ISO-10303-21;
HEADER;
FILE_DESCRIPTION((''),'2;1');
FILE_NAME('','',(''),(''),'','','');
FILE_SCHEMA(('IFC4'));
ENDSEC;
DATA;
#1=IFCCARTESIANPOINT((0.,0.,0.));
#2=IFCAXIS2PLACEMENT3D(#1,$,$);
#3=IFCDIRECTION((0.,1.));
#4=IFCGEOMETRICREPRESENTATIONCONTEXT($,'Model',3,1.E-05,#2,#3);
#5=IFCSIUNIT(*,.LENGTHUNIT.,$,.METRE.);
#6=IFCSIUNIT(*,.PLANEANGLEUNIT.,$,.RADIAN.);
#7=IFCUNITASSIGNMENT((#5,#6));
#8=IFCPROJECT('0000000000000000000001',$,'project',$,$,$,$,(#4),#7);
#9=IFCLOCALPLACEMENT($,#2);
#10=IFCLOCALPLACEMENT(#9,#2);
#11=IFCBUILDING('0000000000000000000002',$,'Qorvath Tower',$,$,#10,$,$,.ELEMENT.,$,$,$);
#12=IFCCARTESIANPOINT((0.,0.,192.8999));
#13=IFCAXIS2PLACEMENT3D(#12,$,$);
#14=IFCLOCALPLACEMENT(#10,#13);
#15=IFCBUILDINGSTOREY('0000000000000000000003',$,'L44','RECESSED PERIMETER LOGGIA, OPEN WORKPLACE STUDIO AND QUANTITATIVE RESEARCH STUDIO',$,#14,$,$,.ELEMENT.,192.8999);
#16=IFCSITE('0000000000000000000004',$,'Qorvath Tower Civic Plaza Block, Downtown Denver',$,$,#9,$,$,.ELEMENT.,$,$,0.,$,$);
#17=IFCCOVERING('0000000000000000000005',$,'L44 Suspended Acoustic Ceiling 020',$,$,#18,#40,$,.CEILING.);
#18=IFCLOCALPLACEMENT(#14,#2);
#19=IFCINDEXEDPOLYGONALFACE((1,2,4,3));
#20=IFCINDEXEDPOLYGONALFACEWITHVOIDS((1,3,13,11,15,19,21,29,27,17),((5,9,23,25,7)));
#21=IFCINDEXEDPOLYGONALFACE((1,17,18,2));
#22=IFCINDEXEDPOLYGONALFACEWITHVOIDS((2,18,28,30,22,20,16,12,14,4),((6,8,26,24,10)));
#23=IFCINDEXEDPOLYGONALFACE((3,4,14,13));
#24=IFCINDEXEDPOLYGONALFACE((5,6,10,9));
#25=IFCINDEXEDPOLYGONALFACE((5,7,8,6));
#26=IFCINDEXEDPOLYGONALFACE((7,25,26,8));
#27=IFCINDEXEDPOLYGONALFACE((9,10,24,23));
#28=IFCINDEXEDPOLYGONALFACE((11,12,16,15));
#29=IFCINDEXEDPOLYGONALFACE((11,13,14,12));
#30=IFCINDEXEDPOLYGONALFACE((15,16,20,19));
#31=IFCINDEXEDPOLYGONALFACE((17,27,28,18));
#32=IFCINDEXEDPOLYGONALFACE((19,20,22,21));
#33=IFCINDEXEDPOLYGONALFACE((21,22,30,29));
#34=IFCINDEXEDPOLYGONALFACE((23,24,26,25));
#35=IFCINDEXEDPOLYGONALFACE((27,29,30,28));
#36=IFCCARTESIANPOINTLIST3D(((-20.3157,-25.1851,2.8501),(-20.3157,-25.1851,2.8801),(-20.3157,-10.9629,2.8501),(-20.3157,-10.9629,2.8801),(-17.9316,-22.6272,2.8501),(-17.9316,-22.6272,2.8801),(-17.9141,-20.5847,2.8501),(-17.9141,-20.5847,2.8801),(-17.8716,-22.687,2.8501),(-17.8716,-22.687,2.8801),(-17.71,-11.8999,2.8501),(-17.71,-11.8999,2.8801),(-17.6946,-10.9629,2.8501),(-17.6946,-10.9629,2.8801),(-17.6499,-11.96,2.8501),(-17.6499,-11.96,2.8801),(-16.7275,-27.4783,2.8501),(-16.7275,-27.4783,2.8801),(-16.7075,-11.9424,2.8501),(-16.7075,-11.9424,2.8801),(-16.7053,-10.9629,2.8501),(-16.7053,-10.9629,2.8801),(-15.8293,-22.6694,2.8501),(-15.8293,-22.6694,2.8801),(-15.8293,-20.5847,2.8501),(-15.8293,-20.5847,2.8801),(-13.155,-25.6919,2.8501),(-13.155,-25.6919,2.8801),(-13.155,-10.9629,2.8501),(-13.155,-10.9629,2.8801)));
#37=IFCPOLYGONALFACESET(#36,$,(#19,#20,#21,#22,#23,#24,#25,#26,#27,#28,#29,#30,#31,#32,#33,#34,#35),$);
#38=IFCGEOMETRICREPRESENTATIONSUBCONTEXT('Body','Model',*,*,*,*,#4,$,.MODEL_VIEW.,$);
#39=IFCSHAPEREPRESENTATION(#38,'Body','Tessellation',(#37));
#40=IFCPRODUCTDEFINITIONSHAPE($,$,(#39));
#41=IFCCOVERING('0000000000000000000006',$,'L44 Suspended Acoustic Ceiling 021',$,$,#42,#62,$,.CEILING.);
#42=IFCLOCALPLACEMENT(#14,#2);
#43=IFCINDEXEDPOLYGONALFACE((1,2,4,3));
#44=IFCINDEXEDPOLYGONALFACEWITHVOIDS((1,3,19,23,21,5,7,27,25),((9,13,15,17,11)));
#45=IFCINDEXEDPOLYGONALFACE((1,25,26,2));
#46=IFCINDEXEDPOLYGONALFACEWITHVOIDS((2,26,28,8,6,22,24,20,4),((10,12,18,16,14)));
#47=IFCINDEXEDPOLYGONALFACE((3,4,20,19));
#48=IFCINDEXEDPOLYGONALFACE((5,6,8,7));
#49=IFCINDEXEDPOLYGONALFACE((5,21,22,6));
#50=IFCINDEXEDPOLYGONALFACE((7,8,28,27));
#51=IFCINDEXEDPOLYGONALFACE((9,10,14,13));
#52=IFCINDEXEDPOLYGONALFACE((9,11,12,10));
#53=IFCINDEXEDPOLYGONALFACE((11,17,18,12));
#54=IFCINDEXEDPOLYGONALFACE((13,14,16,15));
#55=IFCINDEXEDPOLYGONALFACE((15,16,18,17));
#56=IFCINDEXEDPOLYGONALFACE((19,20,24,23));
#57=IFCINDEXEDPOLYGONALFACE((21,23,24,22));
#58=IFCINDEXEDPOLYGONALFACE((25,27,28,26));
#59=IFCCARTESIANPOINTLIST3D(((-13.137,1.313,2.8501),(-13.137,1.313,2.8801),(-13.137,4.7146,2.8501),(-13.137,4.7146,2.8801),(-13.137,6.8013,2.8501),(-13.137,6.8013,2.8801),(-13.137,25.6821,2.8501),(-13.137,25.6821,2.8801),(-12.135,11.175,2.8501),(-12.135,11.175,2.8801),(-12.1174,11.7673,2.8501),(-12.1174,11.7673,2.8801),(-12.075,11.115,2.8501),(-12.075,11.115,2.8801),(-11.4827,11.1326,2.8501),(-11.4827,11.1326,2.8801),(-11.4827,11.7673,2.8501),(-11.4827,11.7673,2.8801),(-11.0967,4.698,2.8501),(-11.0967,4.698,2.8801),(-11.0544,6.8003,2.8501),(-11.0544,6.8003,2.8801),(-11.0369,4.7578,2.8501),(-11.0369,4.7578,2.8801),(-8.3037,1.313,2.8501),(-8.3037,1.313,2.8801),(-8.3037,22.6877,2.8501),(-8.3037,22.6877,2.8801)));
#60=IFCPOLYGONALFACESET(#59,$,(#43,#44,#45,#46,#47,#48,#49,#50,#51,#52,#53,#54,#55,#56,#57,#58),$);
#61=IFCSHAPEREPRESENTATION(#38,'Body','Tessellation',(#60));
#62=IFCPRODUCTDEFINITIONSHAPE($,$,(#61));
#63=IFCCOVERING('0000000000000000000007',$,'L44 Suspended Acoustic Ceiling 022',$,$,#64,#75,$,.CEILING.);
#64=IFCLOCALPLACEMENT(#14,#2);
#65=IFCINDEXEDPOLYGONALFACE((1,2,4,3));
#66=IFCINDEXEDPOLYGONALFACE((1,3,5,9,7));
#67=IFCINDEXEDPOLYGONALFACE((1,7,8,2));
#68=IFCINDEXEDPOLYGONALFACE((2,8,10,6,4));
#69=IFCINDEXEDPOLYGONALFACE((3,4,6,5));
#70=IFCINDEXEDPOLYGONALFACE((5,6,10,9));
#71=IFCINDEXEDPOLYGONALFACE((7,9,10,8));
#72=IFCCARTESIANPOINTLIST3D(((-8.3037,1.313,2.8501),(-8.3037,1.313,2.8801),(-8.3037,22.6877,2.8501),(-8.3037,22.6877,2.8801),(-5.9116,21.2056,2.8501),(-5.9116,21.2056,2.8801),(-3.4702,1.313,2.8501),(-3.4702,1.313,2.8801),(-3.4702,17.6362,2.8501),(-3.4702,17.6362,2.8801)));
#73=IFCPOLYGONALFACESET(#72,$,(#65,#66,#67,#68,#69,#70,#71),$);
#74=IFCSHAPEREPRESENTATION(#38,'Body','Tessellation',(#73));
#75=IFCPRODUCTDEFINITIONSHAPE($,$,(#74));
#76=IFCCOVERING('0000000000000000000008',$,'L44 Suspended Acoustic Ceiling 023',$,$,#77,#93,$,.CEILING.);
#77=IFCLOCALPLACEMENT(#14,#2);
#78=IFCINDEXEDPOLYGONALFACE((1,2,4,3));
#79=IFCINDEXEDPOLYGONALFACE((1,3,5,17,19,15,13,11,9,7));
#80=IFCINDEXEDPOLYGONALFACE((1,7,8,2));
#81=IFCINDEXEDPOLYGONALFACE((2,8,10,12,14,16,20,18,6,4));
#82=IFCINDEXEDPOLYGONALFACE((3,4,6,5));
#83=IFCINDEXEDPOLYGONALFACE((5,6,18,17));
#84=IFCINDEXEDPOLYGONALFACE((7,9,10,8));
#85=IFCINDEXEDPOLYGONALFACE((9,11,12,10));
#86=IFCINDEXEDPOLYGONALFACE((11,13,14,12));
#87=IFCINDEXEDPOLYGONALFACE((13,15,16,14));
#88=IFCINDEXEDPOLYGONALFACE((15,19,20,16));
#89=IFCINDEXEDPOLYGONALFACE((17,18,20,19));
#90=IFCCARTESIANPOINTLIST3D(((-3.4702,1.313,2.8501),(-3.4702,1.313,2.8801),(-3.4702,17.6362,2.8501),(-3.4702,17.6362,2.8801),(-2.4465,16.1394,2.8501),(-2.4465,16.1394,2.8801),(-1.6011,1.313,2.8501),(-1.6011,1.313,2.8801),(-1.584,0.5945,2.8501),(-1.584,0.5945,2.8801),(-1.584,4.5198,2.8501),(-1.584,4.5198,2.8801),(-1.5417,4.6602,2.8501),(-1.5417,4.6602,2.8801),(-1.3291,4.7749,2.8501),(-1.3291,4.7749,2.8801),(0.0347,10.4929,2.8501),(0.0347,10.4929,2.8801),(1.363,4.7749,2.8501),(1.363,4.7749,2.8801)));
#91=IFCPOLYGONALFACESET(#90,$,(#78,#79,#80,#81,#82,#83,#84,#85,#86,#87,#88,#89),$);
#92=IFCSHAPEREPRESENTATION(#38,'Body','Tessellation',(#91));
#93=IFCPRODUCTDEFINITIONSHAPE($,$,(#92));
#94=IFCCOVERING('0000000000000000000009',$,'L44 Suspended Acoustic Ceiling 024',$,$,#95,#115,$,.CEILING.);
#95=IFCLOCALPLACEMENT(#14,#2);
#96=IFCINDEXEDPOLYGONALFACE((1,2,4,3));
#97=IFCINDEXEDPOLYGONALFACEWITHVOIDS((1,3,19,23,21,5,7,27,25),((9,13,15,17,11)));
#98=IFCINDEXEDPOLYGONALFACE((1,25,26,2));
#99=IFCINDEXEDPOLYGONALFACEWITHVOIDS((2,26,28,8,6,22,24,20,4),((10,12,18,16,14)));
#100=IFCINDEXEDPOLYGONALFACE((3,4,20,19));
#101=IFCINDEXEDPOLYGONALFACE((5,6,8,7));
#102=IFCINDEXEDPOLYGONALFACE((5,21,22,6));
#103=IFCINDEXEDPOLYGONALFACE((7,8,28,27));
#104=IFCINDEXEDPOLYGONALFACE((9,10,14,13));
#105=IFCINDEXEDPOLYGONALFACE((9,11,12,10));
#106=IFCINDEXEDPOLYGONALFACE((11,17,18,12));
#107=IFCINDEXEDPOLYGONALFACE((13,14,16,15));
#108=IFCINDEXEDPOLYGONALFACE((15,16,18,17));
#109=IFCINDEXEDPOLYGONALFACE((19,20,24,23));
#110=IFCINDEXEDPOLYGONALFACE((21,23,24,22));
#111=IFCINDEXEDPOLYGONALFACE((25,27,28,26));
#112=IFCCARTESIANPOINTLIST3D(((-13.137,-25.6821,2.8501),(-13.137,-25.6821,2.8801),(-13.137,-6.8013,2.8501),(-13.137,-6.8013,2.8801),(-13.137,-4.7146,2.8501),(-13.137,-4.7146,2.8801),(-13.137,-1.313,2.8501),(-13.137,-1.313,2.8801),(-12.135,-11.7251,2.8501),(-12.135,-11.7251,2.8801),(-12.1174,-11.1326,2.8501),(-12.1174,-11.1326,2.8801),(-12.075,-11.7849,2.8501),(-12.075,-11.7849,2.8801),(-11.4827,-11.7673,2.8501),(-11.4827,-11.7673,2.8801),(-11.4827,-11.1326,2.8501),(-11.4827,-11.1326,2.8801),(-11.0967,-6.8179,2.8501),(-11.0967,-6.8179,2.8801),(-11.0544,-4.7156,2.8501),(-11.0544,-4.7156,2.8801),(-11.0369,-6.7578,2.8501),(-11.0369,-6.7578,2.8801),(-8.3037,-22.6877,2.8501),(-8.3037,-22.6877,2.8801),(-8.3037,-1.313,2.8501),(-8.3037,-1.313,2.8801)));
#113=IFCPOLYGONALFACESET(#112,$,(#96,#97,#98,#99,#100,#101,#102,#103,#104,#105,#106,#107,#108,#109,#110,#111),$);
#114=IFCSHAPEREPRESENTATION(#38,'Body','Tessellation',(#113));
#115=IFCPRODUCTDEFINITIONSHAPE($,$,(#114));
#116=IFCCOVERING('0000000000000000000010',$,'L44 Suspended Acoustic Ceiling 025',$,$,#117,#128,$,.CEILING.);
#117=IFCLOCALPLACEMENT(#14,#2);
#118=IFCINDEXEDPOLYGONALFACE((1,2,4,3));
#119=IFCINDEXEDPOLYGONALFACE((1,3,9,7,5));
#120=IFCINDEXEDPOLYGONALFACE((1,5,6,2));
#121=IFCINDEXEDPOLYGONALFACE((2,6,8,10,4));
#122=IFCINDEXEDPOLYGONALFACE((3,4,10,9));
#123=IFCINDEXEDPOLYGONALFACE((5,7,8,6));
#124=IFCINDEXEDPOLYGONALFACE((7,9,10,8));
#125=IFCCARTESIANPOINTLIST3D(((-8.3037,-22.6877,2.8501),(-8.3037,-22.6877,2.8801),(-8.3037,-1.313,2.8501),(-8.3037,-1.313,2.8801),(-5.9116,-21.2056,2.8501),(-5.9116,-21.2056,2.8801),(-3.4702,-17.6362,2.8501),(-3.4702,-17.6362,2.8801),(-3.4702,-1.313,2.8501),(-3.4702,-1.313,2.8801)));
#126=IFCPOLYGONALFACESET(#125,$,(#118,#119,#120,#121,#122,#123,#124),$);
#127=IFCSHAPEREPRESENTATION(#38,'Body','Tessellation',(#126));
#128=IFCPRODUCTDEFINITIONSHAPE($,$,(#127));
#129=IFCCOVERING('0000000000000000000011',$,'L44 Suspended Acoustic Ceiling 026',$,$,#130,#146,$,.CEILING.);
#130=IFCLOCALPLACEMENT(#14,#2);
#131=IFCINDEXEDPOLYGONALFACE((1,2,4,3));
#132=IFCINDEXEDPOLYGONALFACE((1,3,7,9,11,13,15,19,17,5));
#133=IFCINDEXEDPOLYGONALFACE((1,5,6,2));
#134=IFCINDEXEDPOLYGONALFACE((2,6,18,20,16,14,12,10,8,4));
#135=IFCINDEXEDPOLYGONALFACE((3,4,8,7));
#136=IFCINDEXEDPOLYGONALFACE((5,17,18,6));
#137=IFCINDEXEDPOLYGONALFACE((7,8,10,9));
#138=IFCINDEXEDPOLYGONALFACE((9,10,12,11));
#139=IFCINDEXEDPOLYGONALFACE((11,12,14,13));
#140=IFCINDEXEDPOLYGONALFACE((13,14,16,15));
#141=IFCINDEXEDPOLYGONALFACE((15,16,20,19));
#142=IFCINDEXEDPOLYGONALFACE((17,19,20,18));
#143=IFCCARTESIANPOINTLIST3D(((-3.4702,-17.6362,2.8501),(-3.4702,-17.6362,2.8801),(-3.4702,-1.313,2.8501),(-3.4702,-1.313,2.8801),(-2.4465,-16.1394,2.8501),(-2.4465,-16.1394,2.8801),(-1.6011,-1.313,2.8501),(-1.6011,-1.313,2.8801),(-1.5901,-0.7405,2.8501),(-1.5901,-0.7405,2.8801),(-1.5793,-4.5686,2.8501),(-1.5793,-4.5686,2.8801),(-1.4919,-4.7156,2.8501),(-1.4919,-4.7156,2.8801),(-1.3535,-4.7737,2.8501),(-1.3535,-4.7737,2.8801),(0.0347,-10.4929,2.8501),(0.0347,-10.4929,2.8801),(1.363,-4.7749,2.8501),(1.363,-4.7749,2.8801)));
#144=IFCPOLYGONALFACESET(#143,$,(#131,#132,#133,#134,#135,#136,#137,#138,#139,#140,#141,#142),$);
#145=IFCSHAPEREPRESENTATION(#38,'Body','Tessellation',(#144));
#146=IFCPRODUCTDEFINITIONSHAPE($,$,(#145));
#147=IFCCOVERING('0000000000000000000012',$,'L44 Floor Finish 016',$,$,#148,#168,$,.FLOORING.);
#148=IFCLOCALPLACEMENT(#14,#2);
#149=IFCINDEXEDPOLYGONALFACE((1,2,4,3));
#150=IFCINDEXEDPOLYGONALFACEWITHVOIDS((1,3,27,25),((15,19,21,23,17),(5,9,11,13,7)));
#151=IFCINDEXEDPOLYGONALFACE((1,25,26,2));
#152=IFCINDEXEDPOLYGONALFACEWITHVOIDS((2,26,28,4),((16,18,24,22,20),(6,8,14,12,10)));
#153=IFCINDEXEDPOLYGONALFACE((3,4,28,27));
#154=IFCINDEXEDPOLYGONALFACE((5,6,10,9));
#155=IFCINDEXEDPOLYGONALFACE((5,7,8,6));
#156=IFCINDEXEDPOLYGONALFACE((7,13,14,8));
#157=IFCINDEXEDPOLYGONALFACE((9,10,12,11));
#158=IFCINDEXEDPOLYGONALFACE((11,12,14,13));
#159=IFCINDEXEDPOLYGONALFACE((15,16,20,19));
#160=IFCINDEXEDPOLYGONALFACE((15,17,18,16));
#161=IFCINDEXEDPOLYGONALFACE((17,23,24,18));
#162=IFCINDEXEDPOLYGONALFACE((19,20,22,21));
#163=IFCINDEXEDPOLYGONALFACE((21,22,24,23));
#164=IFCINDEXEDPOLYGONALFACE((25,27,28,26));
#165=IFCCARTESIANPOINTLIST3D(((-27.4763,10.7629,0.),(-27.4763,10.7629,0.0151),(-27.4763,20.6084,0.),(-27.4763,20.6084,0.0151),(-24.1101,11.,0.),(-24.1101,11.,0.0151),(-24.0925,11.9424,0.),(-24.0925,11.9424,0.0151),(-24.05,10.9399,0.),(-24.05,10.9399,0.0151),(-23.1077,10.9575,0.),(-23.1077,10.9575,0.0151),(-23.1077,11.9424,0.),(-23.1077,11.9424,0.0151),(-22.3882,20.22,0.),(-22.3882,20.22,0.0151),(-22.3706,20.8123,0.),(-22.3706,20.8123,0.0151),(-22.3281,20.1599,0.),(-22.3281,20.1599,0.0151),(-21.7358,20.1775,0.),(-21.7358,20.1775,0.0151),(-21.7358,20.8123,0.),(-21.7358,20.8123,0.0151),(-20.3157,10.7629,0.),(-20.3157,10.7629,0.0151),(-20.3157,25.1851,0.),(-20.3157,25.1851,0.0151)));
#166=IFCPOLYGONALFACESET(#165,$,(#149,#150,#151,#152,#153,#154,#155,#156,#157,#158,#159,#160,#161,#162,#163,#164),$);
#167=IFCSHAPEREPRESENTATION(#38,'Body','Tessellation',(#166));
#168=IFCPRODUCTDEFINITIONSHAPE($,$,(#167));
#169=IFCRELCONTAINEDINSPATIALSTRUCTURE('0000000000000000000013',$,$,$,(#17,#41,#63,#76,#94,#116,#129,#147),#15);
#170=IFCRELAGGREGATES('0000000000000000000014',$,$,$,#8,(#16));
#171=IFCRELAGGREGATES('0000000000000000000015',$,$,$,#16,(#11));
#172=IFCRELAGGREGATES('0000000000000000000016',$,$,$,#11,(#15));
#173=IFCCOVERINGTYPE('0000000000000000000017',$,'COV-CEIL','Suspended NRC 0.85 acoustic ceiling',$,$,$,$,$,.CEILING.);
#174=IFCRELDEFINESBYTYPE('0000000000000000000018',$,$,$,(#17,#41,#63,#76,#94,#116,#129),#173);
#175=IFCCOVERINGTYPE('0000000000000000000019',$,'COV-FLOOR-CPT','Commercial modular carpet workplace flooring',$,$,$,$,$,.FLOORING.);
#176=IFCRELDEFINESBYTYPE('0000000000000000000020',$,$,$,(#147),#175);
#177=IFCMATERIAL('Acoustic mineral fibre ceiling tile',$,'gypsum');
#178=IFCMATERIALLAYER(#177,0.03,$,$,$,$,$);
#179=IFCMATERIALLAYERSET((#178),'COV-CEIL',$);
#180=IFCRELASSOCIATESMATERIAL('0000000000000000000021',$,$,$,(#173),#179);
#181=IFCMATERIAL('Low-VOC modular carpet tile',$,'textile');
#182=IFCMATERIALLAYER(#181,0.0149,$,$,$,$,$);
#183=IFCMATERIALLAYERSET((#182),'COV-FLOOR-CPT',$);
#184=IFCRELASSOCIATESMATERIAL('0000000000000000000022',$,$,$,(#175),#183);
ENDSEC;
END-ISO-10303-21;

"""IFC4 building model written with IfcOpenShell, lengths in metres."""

from ifc_helpers import new_model, si_unit, direction, frame, origin, place, context, subcontext, project, spatial, polyline, outline, extrude, material, layer, layer_set, type_object, element, save


model = new_model("IFC4")

# Units and contexts
model_context = context("Model", 3, precision=1e-05, world=origin(), true_north=direction((0.0, 1.0)))
body_context = subcontext(model_context, "Body", "Model", "MODEL_VIEW")
ifc_project = project(units=[si_unit("LENGTHUNIT", "METRE"), si_unit("PLANEANGLEUNIT", "RADIAN")], contexts=[model_context])

# Site, building, storey
site_placement = place(None, origin())
site = spatial("IfcSite", under=ifc_project, at=site_placement, Name="Qorvath Tower Civic Plaza Block, Downtown Denver", CompositionType="ELEMENT", RefElevation=0.0)
building_placement = place(site_placement, origin())
building = spatial("IfcBuilding", under=site, at=building_placement, Name="Qorvath Tower", CompositionType="ELEMENT")
storey_placement = place(building_placement, frame((0.0, 0.0, 192.8999)))
storey = spatial("IfcBuildingStorey", under=building, at=storey_placement, Name="L44", Description="RECESSED PERIMETER LOGGIA, OPEN WORKPLACE STUDIO AND QUANTITATIVE RESEARCH STUDIO", CompositionType="ELEMENT", Elevation=192.8999)

# Coverings
ifc_material_1 = material(Name="Acoustic mineral fibre ceiling tile", Category="gypsum")
ifc_layer_1 = layer(ifc_material_1, 0.03)
ifc_layer_set_1 = layer_set([ifc_layer_1], Name="COV-CEIL")
covering_type_1 = type_object("IfcCoveringType", Name="COV-CEIL", Description="Suspended NRC 0.85 acoustic ceiling", PredefinedType="CEILING", material=ifc_layer_set_1)
covering_1_placement = place(storey_placement, frame((0.0, 0.0, 2.8501)))
element("IfcCovering", 1, at=covering_1_placement, inside=storey, type_object=covering_type_1, Name="L44 Suspended Acoustic Ceiling 020", PredefinedType="CEILING", context=body_context, shape_type="SweptSolid", body=[
    extrude(outline(polyline([(-20.3157, -10.9629), (-20.3157, -25.1851), (-16.7275, -27.4783), (-13.155, -25.6919), (-13.155, -10.9629), (-16.7053, -10.9629), (-16.7075, -11.9424), (-17.6499, -11.96), (-17.71, -11.8999), (-17.6946, -10.9629), (-20.3157, -10.9629)]), holes=[polyline([(-17.9316, -22.6272), (-17.9141, -20.5847), (-15.8293, -20.5847), (-15.8293, -22.6694), (-17.8716, -22.687), (-17.9316, -22.6272)])]), origin(), (0.0, 0.0, 1.0), 0.03),
])
covering_2_placement = place(storey_placement, frame((0.0, 0.0, 2.8501)))
element("IfcCovering", 2, at=covering_2_placement, inside=storey, type_object=covering_type_1, Name="L44 Suspended Acoustic Ceiling 021", PredefinedType="CEILING", context=body_context, shape_type="SweptSolid", body=[
    extrude(outline(polyline([(-8.3037, 1.313), (-8.3037, 22.6877), (-13.137, 25.6821), (-13.137, 6.8013), (-11.0544, 6.8003), (-11.0369, 4.7578), (-11.0967, 4.698), (-13.137, 4.7146), (-13.137, 1.313), (-8.3037, 1.313)]), holes=[polyline([(-12.135, 11.175), (-12.1174, 11.7673), (-11.4827, 11.7673), (-11.4827, 11.1326), (-12.075, 11.115), (-12.135, 11.175)])]), origin(), (0.0, 0.0, 1.0), 0.03),
])
covering_3_placement = place(storey_placement, frame((0.0, 0.0, 2.8501)))
element("IfcCovering", 3, at=covering_3_placement, inside=storey, type_object=covering_type_1, Name="L44 Suspended Acoustic Ceiling 022", PredefinedType="CEILING", context=body_context, shape_type="SweptSolid", body=[
    extrude(outline(polyline([(-3.4702, 1.313), (-3.4702, 17.6362), (-5.9116, 21.2056), (-8.3037, 22.6877), (-8.3037, 1.313), (-3.4702, 1.313)])), origin(), (0.0, 0.0, 1.0), 0.03),
])
covering_4_placement = place(storey_placement, frame((0.0, 0.0, 2.8501)))
element("IfcCovering", 4, at=covering_4_placement, inside=storey, type_object=covering_type_1, Name="L44 Suspended Acoustic Ceiling 023", PredefinedType="CEILING", context=body_context, shape_type="SweptSolid", body=[
    extrude(outline(polyline([(1.363, 4.7749), (0.0347, 10.4929), (-2.4465, 16.1394), (-3.4702, 17.6362), (-3.4702, 1.313), (-1.6011, 1.313), (-1.584, 0.5945), (-1.584, 4.5198), (-1.5417, 4.6602), (-1.3291, 4.7749), (1.363, 4.7749)])), origin(), (0.0, 0.0, 1.0), 0.03),
])
covering_5_placement = place(storey_placement, frame((0.0, 0.0, 2.8501)))
element("IfcCovering", 5, at=covering_5_placement, inside=storey, type_object=covering_type_1, Name="L44 Suspended Acoustic Ceiling 024", PredefinedType="CEILING", context=body_context, shape_type="SweptSolid", body=[
    extrude(outline(polyline([(-8.3037, -22.6877), (-8.3037, -1.313), (-13.137, -1.313), (-13.137, -4.7146), (-11.0544, -4.7156), (-11.0369, -6.7578), (-11.0967, -6.8179), (-13.137, -6.8013), (-13.137, -25.6821), (-8.3037, -22.6877)]), holes=[polyline([(-12.135, -11.7251), (-12.1174, -11.1326), (-11.4827, -11.1326), (-11.4827, -11.7673), (-12.075, -11.7849), (-12.135, -11.7251)])]), origin(), (0.0, 0.0, 1.0), 0.03),
])
covering_6_placement = place(storey_placement, frame((0.0, 0.0, 2.8501)))
element("IfcCovering", 6, at=covering_6_placement, inside=storey, type_object=covering_type_1, Name="L44 Suspended Acoustic Ceiling 025", PredefinedType="CEILING", context=body_context, shape_type="SweptSolid", body=[
    extrude(outline(polyline([(-3.4702, -17.6362), (-3.4702, -1.313), (-8.3037, -1.313), (-8.3037, -22.6877), (-5.9116, -21.2056), (-3.4702, -17.6362)])), origin(), (0.0, 0.0, 1.0), 0.03),
])
covering_7_placement = place(storey_placement, frame((0.0, 0.0, 2.8501)))
element("IfcCovering", 7, at=covering_7_placement, inside=storey, type_object=covering_type_1, Name="L44 Suspended Acoustic Ceiling 026", PredefinedType="CEILING", context=body_context, shape_type="SweptSolid", body=[
    extrude(outline(polyline([(-1.4919, -4.7156), (-1.5793, -4.5686), (-1.5901, -0.7405), (-1.6011, -1.313), (-3.4702, -1.313), (-3.4702, -17.6362), (-2.4465, -16.1394), (0.0347, -10.4929), (1.363, -4.7749), (-1.3535, -4.7737), (-1.4919, -4.7156)])), origin(), (0.0, 0.0, 1.0), 0.03),
])
ifc_material_2 = material(Name="Low-VOC modular carpet tile", Category="textile")
ifc_layer_2 = layer(ifc_material_2, 0.0149)
ifc_layer_set_2 = layer_set([ifc_layer_2], Name="COV-FLOOR-CPT")
covering_type_2 = type_object("IfcCoveringType", Name="COV-FLOOR-CPT", Description="Commercial modular carpet workplace flooring", PredefinedType="FLOORING", material=ifc_layer_set_2)
covering_8_placement = place(storey_placement, origin())
element("IfcCovering", 8, at=covering_8_placement, inside=storey, type_object=covering_type_2, Name="L44 Floor Finish 016", PredefinedType="FLOORING", context=body_context, shape_type="SweptSolid", body=[
    extrude(outline(polyline([(-20.3157, 10.7629), (-20.3157, 25.1851), (-27.4763, 20.6084), (-27.4763, 10.7629), (-20.3157, 10.7629)]), holes=[polyline([(-22.3882, 20.22), (-22.3706, 20.8123), (-21.7358, 20.8123), (-21.7358, 20.1775), (-22.3281, 20.1599), (-22.3882, 20.22)]), polyline([(-24.1101, 11.0), (-24.0925, 11.9424), (-23.1077, 11.9424), (-23.1077, 10.9575), (-24.05, 10.9399), (-24.1101, 11.0)])]), origin(), (0.0, 0.0, 1.0), 0.0151),
])

save(model, "model.ifc")
